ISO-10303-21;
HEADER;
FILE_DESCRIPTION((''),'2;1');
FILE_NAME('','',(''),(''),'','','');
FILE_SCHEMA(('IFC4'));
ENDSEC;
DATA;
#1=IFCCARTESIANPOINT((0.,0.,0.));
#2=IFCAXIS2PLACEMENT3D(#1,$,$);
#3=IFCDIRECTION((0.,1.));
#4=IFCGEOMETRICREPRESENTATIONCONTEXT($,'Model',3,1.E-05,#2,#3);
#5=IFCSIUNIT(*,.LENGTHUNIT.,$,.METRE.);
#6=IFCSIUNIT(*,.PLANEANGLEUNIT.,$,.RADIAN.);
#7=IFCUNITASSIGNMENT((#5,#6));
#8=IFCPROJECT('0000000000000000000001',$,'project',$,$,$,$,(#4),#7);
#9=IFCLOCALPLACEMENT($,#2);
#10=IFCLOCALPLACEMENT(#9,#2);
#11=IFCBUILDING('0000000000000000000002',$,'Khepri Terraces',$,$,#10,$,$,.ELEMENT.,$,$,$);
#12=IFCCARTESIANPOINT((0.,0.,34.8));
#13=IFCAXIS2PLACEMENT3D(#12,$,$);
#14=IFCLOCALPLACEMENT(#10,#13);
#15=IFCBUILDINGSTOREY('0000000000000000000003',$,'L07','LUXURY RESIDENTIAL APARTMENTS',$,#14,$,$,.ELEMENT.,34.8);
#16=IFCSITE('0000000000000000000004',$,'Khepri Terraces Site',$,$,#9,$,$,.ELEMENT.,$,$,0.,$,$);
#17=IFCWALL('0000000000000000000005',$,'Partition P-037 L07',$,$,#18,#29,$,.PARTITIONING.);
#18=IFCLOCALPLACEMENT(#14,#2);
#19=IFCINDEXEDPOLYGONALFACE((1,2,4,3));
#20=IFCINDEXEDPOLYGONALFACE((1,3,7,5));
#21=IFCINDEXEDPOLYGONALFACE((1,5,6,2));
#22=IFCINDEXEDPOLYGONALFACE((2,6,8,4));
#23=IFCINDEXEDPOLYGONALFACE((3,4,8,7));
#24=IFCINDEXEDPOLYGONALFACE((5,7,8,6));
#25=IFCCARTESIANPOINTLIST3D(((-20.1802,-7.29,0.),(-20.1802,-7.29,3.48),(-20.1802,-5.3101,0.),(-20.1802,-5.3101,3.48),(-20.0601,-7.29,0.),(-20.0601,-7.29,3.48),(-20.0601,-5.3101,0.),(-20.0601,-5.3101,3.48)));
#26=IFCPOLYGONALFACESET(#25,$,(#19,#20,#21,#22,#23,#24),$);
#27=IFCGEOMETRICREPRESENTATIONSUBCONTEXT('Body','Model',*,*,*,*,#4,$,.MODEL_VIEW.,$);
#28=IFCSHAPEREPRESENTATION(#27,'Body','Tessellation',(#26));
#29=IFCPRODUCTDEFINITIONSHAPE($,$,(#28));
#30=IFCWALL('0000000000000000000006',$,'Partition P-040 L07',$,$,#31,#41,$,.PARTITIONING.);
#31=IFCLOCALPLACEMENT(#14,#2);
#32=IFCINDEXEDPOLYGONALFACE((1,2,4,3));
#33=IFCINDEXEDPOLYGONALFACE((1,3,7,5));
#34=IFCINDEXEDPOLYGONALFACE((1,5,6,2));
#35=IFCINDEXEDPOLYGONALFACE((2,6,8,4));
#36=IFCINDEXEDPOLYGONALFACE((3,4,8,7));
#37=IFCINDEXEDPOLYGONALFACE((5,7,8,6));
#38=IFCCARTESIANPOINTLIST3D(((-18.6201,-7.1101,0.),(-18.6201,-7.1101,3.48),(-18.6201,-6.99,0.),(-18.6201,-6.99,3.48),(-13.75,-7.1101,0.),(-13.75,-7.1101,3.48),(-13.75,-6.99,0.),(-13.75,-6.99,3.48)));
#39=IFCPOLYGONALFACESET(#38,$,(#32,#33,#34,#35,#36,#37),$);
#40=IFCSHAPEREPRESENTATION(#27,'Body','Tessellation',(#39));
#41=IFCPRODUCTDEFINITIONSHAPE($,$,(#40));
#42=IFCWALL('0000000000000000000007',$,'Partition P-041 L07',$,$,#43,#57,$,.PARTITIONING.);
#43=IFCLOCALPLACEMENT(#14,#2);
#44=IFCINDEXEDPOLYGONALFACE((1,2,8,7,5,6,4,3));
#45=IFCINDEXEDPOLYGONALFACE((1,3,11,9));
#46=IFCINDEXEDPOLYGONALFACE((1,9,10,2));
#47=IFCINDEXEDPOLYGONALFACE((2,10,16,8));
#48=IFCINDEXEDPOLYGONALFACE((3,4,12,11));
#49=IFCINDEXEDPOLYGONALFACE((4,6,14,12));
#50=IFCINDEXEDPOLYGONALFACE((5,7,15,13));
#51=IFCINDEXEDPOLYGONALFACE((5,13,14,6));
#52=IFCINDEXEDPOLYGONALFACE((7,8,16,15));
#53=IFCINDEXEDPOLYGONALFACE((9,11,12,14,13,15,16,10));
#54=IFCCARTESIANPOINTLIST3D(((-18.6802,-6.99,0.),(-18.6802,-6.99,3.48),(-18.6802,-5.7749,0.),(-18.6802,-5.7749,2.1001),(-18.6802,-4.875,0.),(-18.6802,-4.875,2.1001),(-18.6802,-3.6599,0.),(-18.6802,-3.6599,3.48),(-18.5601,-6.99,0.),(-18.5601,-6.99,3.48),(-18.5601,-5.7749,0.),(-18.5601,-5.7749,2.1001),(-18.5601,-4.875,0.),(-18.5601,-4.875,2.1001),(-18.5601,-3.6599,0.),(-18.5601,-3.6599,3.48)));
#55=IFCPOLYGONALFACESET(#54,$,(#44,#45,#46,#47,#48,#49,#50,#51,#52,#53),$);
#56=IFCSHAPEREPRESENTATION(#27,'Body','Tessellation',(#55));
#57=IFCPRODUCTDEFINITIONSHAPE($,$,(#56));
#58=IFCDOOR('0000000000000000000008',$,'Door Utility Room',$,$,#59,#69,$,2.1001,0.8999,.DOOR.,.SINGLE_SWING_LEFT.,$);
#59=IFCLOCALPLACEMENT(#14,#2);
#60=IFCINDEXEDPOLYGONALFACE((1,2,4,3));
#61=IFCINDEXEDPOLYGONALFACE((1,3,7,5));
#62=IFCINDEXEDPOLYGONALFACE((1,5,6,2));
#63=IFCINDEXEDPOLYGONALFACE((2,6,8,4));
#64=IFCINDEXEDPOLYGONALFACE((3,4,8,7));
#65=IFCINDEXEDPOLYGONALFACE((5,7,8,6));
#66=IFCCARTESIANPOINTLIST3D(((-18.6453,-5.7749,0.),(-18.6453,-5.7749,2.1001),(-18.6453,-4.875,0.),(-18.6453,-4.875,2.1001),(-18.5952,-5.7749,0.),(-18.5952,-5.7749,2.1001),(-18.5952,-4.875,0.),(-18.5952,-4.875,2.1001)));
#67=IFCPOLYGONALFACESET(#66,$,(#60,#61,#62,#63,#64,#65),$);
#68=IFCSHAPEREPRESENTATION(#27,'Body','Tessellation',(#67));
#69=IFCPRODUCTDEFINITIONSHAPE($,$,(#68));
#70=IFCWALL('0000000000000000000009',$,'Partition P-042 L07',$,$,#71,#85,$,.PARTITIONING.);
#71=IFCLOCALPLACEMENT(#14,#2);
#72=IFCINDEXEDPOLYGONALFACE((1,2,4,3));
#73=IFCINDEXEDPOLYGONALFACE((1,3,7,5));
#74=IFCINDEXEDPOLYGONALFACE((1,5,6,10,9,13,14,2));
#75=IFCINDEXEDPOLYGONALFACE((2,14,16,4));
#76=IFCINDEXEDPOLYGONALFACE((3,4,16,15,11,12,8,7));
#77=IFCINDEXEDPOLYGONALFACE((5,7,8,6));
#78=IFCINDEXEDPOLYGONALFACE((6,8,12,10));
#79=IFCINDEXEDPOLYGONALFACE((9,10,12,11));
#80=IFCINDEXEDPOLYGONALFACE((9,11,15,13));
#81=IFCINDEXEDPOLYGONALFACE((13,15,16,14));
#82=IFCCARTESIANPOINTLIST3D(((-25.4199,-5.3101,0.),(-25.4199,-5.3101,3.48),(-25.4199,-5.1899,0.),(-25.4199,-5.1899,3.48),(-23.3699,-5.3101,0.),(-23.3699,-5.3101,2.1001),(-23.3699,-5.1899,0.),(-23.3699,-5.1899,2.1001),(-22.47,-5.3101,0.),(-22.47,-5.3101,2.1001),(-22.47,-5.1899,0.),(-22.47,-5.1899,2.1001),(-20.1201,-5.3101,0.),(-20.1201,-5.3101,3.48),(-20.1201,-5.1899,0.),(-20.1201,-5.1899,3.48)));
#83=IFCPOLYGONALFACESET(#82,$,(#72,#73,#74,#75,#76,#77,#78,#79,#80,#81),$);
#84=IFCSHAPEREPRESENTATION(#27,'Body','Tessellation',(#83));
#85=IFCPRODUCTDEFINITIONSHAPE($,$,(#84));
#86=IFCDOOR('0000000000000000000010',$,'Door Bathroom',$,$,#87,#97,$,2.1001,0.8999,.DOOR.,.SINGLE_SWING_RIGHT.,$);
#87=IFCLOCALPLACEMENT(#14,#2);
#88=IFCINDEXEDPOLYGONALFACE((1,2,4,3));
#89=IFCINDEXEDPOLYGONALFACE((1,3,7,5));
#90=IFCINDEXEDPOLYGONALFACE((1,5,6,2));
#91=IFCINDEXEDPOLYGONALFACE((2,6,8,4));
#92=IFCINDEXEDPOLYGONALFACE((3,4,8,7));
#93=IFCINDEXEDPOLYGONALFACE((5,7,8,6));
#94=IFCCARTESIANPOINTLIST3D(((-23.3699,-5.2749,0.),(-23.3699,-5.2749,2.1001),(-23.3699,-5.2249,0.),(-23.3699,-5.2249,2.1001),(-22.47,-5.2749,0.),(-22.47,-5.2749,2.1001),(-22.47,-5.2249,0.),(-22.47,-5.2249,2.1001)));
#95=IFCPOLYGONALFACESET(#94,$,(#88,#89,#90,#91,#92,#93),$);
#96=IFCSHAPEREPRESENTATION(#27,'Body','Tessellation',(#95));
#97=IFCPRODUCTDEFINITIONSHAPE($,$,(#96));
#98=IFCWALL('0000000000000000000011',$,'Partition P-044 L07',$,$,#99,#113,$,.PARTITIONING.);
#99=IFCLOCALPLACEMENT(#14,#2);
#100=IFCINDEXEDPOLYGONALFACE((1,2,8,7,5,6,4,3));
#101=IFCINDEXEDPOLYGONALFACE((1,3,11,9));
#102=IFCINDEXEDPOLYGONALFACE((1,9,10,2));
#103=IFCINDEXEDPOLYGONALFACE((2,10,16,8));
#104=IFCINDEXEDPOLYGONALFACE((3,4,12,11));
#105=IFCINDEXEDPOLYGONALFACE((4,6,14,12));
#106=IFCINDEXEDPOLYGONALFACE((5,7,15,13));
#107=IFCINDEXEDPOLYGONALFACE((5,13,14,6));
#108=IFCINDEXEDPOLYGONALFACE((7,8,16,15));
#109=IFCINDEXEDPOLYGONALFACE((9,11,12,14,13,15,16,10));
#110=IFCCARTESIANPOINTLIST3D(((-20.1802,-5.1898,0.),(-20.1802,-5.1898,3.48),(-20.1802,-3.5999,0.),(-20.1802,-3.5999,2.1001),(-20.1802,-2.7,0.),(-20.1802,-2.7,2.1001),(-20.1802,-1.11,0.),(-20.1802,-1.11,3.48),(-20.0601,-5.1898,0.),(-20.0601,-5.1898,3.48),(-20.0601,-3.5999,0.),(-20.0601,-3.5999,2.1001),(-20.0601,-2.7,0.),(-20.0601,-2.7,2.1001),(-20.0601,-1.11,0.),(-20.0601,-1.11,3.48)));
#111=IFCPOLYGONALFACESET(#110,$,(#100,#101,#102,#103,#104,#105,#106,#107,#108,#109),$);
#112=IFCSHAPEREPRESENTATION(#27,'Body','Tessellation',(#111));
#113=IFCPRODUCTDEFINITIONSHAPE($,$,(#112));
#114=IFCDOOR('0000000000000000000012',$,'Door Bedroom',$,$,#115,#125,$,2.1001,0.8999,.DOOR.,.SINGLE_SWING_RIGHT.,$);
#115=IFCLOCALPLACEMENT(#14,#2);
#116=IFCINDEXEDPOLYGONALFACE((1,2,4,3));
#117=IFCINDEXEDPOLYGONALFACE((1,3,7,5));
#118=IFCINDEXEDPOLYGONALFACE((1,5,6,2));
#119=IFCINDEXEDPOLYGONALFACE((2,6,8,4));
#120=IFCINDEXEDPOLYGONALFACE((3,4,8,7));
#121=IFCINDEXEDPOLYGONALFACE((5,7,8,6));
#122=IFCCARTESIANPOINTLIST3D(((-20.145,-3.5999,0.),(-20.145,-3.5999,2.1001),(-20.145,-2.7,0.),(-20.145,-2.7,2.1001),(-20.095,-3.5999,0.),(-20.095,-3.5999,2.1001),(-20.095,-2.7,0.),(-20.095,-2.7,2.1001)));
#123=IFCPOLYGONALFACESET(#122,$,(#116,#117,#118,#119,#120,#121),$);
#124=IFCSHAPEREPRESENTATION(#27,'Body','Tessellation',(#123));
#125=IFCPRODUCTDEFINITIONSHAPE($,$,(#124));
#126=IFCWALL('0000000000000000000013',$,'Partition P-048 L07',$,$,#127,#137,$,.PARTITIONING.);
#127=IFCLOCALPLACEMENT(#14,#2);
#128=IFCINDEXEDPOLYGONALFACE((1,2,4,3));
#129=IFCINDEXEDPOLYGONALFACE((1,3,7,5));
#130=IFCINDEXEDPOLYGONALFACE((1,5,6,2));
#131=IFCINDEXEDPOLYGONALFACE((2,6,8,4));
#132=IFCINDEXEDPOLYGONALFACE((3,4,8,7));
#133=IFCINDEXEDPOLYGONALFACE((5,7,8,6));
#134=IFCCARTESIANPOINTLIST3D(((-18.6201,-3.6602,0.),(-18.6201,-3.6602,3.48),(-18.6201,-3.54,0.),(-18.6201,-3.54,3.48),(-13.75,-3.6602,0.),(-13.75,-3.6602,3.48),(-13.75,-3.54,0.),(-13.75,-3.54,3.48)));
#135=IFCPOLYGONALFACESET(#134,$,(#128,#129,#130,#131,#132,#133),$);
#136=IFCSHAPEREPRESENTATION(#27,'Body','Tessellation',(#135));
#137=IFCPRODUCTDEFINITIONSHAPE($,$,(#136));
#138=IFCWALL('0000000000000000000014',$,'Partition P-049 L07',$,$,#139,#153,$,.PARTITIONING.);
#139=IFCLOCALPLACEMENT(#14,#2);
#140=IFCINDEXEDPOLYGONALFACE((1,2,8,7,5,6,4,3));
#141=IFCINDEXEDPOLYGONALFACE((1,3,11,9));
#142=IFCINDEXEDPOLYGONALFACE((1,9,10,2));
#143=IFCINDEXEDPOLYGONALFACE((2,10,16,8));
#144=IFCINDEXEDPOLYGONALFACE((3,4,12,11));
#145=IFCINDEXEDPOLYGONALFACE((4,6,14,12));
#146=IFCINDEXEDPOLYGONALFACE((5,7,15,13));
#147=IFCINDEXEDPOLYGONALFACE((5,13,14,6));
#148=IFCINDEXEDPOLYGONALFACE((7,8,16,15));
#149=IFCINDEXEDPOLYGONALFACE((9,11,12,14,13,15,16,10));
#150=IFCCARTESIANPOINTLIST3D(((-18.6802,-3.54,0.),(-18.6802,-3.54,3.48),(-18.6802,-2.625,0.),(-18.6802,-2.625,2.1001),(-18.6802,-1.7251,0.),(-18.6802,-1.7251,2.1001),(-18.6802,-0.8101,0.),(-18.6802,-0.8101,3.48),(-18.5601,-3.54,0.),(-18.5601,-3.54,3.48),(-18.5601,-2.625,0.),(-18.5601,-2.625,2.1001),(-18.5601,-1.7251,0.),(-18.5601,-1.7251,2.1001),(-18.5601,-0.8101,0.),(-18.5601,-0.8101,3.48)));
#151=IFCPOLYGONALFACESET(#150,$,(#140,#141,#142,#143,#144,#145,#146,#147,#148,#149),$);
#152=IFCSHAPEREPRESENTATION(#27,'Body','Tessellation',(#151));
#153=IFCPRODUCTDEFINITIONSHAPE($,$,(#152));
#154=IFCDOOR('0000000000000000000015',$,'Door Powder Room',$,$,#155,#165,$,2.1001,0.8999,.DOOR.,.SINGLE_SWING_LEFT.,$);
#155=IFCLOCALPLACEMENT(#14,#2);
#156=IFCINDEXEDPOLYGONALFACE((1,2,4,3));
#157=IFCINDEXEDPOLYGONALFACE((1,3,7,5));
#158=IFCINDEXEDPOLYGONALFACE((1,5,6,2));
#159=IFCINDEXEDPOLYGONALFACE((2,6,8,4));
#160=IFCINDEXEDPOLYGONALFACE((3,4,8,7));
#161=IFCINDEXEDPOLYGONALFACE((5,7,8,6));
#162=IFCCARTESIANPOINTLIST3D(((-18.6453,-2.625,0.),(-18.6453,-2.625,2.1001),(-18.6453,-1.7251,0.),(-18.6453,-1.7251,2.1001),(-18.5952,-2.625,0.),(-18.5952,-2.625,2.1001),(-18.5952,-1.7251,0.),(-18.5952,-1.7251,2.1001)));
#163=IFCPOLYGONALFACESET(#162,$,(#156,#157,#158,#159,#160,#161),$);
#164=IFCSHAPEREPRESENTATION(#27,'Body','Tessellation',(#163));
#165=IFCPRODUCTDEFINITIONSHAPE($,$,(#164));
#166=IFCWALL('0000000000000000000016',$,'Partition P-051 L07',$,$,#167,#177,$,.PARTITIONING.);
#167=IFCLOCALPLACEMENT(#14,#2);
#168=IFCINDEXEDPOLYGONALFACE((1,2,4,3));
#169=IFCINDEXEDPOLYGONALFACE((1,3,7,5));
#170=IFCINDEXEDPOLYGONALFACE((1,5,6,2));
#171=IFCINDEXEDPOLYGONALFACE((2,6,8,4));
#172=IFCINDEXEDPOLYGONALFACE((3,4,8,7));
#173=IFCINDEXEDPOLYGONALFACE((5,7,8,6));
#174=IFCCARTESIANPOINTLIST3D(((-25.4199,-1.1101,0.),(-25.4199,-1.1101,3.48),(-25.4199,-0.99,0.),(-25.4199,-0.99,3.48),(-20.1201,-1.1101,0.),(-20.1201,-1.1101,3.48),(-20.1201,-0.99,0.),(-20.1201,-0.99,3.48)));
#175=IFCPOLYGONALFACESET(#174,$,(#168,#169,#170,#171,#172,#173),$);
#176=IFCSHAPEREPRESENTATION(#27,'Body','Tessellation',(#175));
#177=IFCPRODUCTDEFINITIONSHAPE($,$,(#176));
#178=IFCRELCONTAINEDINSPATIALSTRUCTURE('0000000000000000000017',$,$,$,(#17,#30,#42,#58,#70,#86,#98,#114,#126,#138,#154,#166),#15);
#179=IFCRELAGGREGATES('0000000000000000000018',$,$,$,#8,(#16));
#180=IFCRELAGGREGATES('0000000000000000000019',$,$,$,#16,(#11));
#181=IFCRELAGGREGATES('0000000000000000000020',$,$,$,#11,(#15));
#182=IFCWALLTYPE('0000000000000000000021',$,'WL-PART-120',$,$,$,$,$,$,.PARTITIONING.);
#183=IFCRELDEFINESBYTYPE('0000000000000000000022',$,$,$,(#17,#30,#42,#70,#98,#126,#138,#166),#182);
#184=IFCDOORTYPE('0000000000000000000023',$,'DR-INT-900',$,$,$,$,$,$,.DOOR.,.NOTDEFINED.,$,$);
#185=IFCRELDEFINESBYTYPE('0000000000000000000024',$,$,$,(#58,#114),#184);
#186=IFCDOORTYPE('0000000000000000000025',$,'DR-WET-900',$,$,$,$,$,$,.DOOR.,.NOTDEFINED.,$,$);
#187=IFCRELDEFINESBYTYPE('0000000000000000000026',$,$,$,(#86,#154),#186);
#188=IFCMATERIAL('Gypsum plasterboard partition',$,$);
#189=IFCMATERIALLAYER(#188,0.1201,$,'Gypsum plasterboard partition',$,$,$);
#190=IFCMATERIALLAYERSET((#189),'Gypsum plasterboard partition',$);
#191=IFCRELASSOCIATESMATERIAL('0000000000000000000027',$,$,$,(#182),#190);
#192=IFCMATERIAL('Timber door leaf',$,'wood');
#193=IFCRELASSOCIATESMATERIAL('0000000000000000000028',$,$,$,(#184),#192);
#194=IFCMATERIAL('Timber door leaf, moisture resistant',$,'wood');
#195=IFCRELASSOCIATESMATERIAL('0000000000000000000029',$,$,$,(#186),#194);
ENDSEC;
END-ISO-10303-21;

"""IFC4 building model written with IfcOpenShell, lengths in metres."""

from ifc_helpers import new_model, si_unit, direction, frame, frame_2d, origin, place, context, subcontext, project, spatial, rectangle, extrude, material, layer, layer_set, type_object, element, fill, save


model = new_model("IFC4")

# Units and contexts
model_context = context("Model", 3, precision=1e-05, world=origin(), true_north=direction((0.0, 1.0)))
body_context = subcontext(model_context, "Body", "Model", "MODEL_VIEW")
ifc_project = project(units=[si_unit("LENGTHUNIT", "METRE"), si_unit("PLANEANGLEUNIT", "RADIAN")], contexts=[model_context])

# Site, building, storey
site_placement = place(None, origin())
site = spatial("IfcSite", under=ifc_project, at=site_placement, Name="Khepri Terraces Site", CompositionType="ELEMENT", RefElevation=0.0)
building_placement = place(site_placement, origin())
building = spatial("IfcBuilding", under=site, at=building_placement, Name="Khepri Terraces", CompositionType="ELEMENT")
storey_placement = place(building_placement, frame((0.0, 0.0, 34.8)))
storey = spatial("IfcBuildingStorey", under=building, at=storey_placement, Name="L07", Description="LUXURY RESIDENTIAL APARTMENTS", CompositionType="ELEMENT", Elevation=34.8)

# Walls
ifc_material_1 = material(Name="Gypsum plasterboard partition")
ifc_layer_1 = layer(ifc_material_1, 0.1201, Name="Gypsum plasterboard partition")
ifc_layer_set_1 = layer_set([ifc_layer_1], Name="Gypsum plasterboard partition")
wall_type_1 = type_object("IfcWallType", Name="WL-PART-120", PredefinedType="PARTITIONING", material=ifc_layer_set_1)
wall_1_placement = place(storey_placement, frame((-20.1201, -7.29, 0.0), z_axis=(0.0, 0.0, 1.0), x_axis=(0.0, 1.0, 0.0)))
element("IfcWall", 1, at=wall_1_placement, inside=storey, type_object=wall_type_1, Name="Partition P-037 L07", PredefinedType="PARTITIONING", context=body_context, shape_type="SweptSolid", body=[
    extrude(rectangle(XDim=1.98, YDim=0.1201, at=frame_2d((0.99, 0.0))), origin(), (0.0, 0.0, 1.0), 3.48),
])
wall_2_placement = place(storey_placement, frame((-18.6201, -7.05, 0.0), z_axis=(0.0, 0.0, 1.0), x_axis=(1.0, 0.0, 0.0)))
element("IfcWall", 2, at=wall_2_placement, inside=storey, type_object=wall_type_1, Name="Partition P-040 L07", PredefinedType="PARTITIONING", context=body_context, shape_type="SweptSolid", body=[
    extrude(rectangle(XDim=4.8701, YDim=0.1201, at=frame_2d((2.4351, 0.0))), origin(), (0.0, 0.0, 1.0), 3.48),
])

# Walls, openings, doors
wall_3_placement = place(storey_placement, frame((-18.6201, -6.99, 0.0), z_axis=(0.0, 0.0, 1.0), x_axis=(0.0, 1.0, 0.0)))
wall_3 = element("IfcWall", 3, at=wall_3_placement, inside=storey, type_object=wall_type_1, Name="Partition P-041 L07", PredefinedType="PARTITIONING", context=body_context, shape_type="SweptSolid", body=[
    extrude(rectangle(XDim=3.3301, YDim=0.1201, at=frame_2d((1.665, 0.0))), origin(), (0.0, 0.0, 1.0), 3.48),
])
opening_1_placement = place(wall_3_placement, frame((1.2151, 0.0, 0.0)))
opening_1 = element("IfcOpeningElement", 4, at=opening_1_placement, cuts=wall_3, PredefinedType="OPENING", context=body_context, shape_type="SweptSolid", body=[
    extrude(rectangle(XDim=0.8999, YDim=2.1001, at=frame_2d((0.45, 1.05))), frame((0.0, 0.0701, 0.0), z_axis=(0.0, -1.0, 0.0), x_axis=(1.0, 0.0, 0.0)), (0.0, 0.0, 1.0), 0.1401),
])
ifc_material_2 = material(Name="Timber door leaf", Category="wood")
door_type_1 = type_object("IfcDoorType", Name="DR-INT-900", OperationType="NOTDEFINED", PredefinedType="DOOR", material=ifc_material_2)
door_1_placement = place(opening_1_placement, frame((0.8999, 0.0, 0.0), z_axis=(0.0, 0.0, 1.0), x_axis=(-1.0, 0.0, 0.0)))
door_1 = element("IfcDoor", 5, at=door_1_placement, inside=storey, type_object=door_type_1, Name="Door Utility Room", OperationType="SINGLE_SWING_LEFT", OverallHeight=2.1001, OverallWidth=0.8999, PredefinedType="DOOR", context=body_context, shape_type="SweptSolid", body=[
    extrude(rectangle(XDim=0.8999, YDim=2.1001, at=frame_2d((0.45, 1.05))), frame((0.0, 0.0249, 0.0), z_axis=(0.0, -1.0, 0.0), x_axis=(1.0, 0.0, 0.0)), (0.0, 0.0, 1.0), 0.05),
])
fill(opening_1, door_1)
wall_4_placement = place(storey_placement, frame((-25.4199, -5.25, 0.0), z_axis=(0.0, 0.0, 1.0), x_axis=(1.0, 0.0, 0.0)))
wall_4 = element("IfcWall", 6, at=wall_4_placement, inside=storey, type_object=wall_type_1, Name="Partition P-042 L07", PredefinedType="PARTITIONING", context=body_context, shape_type="SweptSolid", body=[
    extrude(rectangle(XDim=5.2998, YDim=0.1201, at=frame_2d((2.6499, 0.0))), origin(), (0.0, 0.0, 1.0), 3.48),
])
opening_2_placement = place(wall_4_placement, frame((2.05, 0.0, 0.0)))
opening_2 = element("IfcOpeningElement", 7, at=opening_2_placement, cuts=wall_4, PredefinedType="OPENING", context=body_context, shape_type="SweptSolid", body=[
    extrude(rectangle(XDim=0.8999, YDim=2.1001, at=frame_2d((0.45, 1.05))), frame((0.0, 0.0701, 0.0), z_axis=(0.0, -1.0, 0.0), x_axis=(1.0, 0.0, 0.0)), (0.0, 0.0, 1.0), 0.1401),
])
ifc_material_3 = material(Name="Timber door leaf, moisture resistant", Category="wood")
door_type_2 = type_object("IfcDoorType", Name="DR-WET-900", OperationType="NOTDEFINED", PredefinedType="DOOR", material=ifc_material_3)
door_2_placement = place(opening_2_placement, frame((0.8999, 0.0, 0.0), z_axis=(0.0, 0.0, 1.0), x_axis=(-1.0, 0.0, 0.0)))
door_2 = element("IfcDoor", 8, at=door_2_placement, inside=storey, type_object=door_type_2, Name="Door Bathroom", OperationType="SINGLE_SWING_RIGHT", OverallHeight=2.1001, OverallWidth=0.8999, PredefinedType="DOOR", context=body_context, shape_type="SweptSolid", body=[
    extrude(rectangle(XDim=0.8999, YDim=2.1001, at=frame_2d((0.45, 1.05))), frame((0.0, 0.0249, 0.0), z_axis=(0.0, -1.0, 0.0), x_axis=(1.0, 0.0, 0.0)), (0.0, 0.0, 1.0), 0.05),
])
fill(opening_2, door_2)
wall_5_placement = place(storey_placement, frame((-20.1201, -5.1899, 0.0), z_axis=(0.0, 0.0, 1.0), x_axis=(0.0, 1.0, 0.0)))
wall_5 = element("IfcWall", 9, at=wall_5_placement, inside=storey, type_object=wall_type_1, Name="Partition P-044 L07", PredefinedType="PARTITIONING", context=body_context, shape_type="SweptSolid", body=[
    extrude(rectangle(XDim=4.0798, YDim=0.1201, at=frame_2d((2.04, 0.0))), origin(), (0.0, 0.0, 1.0), 3.48),
])
opening_3_placement = place(wall_5_placement, frame((1.5901, 0.0, 0.0)))
opening_3 = element("IfcOpeningElement", 10, at=opening_3_placement, cuts=wall_5, PredefinedType="OPENING", context=body_context, shape_type="SweptSolid", body=[
    extrude(rectangle(XDim=0.8999, YDim=2.1001, at=frame_2d((0.45, 1.05))), frame((0.0, 0.0701, 0.0), z_axis=(0.0, -1.0, 0.0), x_axis=(1.0, 0.0, 0.0)), (0.0, 0.0, 1.0), 0.1401),
])
door_3_placement = place(opening_3_placement, origin())
door_3 = element("IfcDoor", 11, at=door_3_placement, inside=storey, type_object=door_type_1, Name="Door Bedroom", OperationType="SINGLE_SWING_RIGHT", OverallHeight=2.1001, OverallWidth=0.8999, PredefinedType="DOOR", context=body_context, shape_type="SweptSolid", body=[
    extrude(rectangle(XDim=0.8999, YDim=2.1001, at=frame_2d((0.45, 1.05))), frame((0.0, 0.0249, 0.0), z_axis=(0.0, -1.0, 0.0), x_axis=(1.0, 0.0, 0.0)), (0.0, 0.0, 1.0), 0.05),
])
fill(opening_3, door_3)

# Wall
wall_6_placement = place(storey_placement, frame((-18.6201, -3.6001, 0.0), z_axis=(0.0, 0.0, 1.0), x_axis=(1.0, 0.0, 0.0)))
element("IfcWall", 12, at=wall_6_placement, inside=storey, type_object=wall_type_1, Name="Partition P-048 L07", PredefinedType="PARTITIONING", context=body_context, shape_type="SweptSolid", body=[
    extrude(rectangle(XDim=4.8701, YDim=0.1201, at=frame_2d((2.4351, 0.0))), origin(), (0.0, 0.0, 1.0), 3.48),
])

# Wall, opening, door
wall_7_placement = place(storey_placement, frame((-18.6201, -3.54, 0.0), z_axis=(0.0, 0.0, 1.0), x_axis=(0.0, 1.0, 0.0)))
wall_7 = element("IfcWall", 13, at=wall_7_placement, inside=storey, type_object=wall_type_1, Name="Partition P-049 L07", PredefinedType="PARTITIONING", context=body_context, shape_type="SweptSolid", body=[
    extrude(rectangle(XDim=2.73, YDim=0.1201, at=frame_2d((1.365, 0.0))), origin(), (0.0, 0.0, 1.0), 3.48),
])
opening_4_placement = place(wall_7_placement, frame((0.915, 0.0, 0.0)))
opening_4 = element("IfcOpeningElement", 14, at=opening_4_placement, cuts=wall_7, PredefinedType="OPENING", context=body_context, shape_type="SweptSolid", body=[
    extrude(rectangle(XDim=0.8999, YDim=2.1001, at=frame_2d((0.45, 1.05))), frame((0.0, 0.0701, 0.0), z_axis=(0.0, -1.0, 0.0), x_axis=(1.0, 0.0, 0.0)), (0.0, 0.0, 1.0), 0.1401),
])
door_4_placement = place(opening_4_placement, frame((0.8999, 0.0, 0.0), z_axis=(0.0, 0.0, 1.0), x_axis=(-1.0, 0.0, 0.0)))
door_4 = element("IfcDoor", 15, at=door_4_placement, inside=storey, type_object=door_type_2, Name="Door Powder Room", OperationType="SINGLE_SWING_LEFT", OverallHeight=2.1001, OverallWidth=0.8999, PredefinedType="DOOR", context=body_context, shape_type="SweptSolid", body=[
    extrude(rectangle(XDim=0.8999, YDim=2.1001, at=frame_2d((0.45, 1.05))), frame((0.0, 0.0249, 0.0), z_axis=(0.0, -1.0, 0.0), x_axis=(1.0, 0.0, 0.0)), (0.0, 0.0, 1.0), 0.05),
])
fill(opening_4, door_4)

# Wall
wall_8_placement = place(storey_placement, frame((-25.4199, -1.05, 0.0), z_axis=(0.0, 0.0, 1.0), x_axis=(1.0, 0.0, 0.0)))
element("IfcWall", 16, at=wall_8_placement, inside=storey, type_object=wall_type_1, Name="Partition P-051 L07", PredefinedType="PARTITIONING", context=body_context, shape_type="SweptSolid", body=[
    extrude(rectangle(XDim=5.2998, YDim=0.1201, at=frame_2d((2.6499, 0.0))), origin(), (0.0, 0.0, 1.0), 3.48),
])

save(model, "model.ifc")
